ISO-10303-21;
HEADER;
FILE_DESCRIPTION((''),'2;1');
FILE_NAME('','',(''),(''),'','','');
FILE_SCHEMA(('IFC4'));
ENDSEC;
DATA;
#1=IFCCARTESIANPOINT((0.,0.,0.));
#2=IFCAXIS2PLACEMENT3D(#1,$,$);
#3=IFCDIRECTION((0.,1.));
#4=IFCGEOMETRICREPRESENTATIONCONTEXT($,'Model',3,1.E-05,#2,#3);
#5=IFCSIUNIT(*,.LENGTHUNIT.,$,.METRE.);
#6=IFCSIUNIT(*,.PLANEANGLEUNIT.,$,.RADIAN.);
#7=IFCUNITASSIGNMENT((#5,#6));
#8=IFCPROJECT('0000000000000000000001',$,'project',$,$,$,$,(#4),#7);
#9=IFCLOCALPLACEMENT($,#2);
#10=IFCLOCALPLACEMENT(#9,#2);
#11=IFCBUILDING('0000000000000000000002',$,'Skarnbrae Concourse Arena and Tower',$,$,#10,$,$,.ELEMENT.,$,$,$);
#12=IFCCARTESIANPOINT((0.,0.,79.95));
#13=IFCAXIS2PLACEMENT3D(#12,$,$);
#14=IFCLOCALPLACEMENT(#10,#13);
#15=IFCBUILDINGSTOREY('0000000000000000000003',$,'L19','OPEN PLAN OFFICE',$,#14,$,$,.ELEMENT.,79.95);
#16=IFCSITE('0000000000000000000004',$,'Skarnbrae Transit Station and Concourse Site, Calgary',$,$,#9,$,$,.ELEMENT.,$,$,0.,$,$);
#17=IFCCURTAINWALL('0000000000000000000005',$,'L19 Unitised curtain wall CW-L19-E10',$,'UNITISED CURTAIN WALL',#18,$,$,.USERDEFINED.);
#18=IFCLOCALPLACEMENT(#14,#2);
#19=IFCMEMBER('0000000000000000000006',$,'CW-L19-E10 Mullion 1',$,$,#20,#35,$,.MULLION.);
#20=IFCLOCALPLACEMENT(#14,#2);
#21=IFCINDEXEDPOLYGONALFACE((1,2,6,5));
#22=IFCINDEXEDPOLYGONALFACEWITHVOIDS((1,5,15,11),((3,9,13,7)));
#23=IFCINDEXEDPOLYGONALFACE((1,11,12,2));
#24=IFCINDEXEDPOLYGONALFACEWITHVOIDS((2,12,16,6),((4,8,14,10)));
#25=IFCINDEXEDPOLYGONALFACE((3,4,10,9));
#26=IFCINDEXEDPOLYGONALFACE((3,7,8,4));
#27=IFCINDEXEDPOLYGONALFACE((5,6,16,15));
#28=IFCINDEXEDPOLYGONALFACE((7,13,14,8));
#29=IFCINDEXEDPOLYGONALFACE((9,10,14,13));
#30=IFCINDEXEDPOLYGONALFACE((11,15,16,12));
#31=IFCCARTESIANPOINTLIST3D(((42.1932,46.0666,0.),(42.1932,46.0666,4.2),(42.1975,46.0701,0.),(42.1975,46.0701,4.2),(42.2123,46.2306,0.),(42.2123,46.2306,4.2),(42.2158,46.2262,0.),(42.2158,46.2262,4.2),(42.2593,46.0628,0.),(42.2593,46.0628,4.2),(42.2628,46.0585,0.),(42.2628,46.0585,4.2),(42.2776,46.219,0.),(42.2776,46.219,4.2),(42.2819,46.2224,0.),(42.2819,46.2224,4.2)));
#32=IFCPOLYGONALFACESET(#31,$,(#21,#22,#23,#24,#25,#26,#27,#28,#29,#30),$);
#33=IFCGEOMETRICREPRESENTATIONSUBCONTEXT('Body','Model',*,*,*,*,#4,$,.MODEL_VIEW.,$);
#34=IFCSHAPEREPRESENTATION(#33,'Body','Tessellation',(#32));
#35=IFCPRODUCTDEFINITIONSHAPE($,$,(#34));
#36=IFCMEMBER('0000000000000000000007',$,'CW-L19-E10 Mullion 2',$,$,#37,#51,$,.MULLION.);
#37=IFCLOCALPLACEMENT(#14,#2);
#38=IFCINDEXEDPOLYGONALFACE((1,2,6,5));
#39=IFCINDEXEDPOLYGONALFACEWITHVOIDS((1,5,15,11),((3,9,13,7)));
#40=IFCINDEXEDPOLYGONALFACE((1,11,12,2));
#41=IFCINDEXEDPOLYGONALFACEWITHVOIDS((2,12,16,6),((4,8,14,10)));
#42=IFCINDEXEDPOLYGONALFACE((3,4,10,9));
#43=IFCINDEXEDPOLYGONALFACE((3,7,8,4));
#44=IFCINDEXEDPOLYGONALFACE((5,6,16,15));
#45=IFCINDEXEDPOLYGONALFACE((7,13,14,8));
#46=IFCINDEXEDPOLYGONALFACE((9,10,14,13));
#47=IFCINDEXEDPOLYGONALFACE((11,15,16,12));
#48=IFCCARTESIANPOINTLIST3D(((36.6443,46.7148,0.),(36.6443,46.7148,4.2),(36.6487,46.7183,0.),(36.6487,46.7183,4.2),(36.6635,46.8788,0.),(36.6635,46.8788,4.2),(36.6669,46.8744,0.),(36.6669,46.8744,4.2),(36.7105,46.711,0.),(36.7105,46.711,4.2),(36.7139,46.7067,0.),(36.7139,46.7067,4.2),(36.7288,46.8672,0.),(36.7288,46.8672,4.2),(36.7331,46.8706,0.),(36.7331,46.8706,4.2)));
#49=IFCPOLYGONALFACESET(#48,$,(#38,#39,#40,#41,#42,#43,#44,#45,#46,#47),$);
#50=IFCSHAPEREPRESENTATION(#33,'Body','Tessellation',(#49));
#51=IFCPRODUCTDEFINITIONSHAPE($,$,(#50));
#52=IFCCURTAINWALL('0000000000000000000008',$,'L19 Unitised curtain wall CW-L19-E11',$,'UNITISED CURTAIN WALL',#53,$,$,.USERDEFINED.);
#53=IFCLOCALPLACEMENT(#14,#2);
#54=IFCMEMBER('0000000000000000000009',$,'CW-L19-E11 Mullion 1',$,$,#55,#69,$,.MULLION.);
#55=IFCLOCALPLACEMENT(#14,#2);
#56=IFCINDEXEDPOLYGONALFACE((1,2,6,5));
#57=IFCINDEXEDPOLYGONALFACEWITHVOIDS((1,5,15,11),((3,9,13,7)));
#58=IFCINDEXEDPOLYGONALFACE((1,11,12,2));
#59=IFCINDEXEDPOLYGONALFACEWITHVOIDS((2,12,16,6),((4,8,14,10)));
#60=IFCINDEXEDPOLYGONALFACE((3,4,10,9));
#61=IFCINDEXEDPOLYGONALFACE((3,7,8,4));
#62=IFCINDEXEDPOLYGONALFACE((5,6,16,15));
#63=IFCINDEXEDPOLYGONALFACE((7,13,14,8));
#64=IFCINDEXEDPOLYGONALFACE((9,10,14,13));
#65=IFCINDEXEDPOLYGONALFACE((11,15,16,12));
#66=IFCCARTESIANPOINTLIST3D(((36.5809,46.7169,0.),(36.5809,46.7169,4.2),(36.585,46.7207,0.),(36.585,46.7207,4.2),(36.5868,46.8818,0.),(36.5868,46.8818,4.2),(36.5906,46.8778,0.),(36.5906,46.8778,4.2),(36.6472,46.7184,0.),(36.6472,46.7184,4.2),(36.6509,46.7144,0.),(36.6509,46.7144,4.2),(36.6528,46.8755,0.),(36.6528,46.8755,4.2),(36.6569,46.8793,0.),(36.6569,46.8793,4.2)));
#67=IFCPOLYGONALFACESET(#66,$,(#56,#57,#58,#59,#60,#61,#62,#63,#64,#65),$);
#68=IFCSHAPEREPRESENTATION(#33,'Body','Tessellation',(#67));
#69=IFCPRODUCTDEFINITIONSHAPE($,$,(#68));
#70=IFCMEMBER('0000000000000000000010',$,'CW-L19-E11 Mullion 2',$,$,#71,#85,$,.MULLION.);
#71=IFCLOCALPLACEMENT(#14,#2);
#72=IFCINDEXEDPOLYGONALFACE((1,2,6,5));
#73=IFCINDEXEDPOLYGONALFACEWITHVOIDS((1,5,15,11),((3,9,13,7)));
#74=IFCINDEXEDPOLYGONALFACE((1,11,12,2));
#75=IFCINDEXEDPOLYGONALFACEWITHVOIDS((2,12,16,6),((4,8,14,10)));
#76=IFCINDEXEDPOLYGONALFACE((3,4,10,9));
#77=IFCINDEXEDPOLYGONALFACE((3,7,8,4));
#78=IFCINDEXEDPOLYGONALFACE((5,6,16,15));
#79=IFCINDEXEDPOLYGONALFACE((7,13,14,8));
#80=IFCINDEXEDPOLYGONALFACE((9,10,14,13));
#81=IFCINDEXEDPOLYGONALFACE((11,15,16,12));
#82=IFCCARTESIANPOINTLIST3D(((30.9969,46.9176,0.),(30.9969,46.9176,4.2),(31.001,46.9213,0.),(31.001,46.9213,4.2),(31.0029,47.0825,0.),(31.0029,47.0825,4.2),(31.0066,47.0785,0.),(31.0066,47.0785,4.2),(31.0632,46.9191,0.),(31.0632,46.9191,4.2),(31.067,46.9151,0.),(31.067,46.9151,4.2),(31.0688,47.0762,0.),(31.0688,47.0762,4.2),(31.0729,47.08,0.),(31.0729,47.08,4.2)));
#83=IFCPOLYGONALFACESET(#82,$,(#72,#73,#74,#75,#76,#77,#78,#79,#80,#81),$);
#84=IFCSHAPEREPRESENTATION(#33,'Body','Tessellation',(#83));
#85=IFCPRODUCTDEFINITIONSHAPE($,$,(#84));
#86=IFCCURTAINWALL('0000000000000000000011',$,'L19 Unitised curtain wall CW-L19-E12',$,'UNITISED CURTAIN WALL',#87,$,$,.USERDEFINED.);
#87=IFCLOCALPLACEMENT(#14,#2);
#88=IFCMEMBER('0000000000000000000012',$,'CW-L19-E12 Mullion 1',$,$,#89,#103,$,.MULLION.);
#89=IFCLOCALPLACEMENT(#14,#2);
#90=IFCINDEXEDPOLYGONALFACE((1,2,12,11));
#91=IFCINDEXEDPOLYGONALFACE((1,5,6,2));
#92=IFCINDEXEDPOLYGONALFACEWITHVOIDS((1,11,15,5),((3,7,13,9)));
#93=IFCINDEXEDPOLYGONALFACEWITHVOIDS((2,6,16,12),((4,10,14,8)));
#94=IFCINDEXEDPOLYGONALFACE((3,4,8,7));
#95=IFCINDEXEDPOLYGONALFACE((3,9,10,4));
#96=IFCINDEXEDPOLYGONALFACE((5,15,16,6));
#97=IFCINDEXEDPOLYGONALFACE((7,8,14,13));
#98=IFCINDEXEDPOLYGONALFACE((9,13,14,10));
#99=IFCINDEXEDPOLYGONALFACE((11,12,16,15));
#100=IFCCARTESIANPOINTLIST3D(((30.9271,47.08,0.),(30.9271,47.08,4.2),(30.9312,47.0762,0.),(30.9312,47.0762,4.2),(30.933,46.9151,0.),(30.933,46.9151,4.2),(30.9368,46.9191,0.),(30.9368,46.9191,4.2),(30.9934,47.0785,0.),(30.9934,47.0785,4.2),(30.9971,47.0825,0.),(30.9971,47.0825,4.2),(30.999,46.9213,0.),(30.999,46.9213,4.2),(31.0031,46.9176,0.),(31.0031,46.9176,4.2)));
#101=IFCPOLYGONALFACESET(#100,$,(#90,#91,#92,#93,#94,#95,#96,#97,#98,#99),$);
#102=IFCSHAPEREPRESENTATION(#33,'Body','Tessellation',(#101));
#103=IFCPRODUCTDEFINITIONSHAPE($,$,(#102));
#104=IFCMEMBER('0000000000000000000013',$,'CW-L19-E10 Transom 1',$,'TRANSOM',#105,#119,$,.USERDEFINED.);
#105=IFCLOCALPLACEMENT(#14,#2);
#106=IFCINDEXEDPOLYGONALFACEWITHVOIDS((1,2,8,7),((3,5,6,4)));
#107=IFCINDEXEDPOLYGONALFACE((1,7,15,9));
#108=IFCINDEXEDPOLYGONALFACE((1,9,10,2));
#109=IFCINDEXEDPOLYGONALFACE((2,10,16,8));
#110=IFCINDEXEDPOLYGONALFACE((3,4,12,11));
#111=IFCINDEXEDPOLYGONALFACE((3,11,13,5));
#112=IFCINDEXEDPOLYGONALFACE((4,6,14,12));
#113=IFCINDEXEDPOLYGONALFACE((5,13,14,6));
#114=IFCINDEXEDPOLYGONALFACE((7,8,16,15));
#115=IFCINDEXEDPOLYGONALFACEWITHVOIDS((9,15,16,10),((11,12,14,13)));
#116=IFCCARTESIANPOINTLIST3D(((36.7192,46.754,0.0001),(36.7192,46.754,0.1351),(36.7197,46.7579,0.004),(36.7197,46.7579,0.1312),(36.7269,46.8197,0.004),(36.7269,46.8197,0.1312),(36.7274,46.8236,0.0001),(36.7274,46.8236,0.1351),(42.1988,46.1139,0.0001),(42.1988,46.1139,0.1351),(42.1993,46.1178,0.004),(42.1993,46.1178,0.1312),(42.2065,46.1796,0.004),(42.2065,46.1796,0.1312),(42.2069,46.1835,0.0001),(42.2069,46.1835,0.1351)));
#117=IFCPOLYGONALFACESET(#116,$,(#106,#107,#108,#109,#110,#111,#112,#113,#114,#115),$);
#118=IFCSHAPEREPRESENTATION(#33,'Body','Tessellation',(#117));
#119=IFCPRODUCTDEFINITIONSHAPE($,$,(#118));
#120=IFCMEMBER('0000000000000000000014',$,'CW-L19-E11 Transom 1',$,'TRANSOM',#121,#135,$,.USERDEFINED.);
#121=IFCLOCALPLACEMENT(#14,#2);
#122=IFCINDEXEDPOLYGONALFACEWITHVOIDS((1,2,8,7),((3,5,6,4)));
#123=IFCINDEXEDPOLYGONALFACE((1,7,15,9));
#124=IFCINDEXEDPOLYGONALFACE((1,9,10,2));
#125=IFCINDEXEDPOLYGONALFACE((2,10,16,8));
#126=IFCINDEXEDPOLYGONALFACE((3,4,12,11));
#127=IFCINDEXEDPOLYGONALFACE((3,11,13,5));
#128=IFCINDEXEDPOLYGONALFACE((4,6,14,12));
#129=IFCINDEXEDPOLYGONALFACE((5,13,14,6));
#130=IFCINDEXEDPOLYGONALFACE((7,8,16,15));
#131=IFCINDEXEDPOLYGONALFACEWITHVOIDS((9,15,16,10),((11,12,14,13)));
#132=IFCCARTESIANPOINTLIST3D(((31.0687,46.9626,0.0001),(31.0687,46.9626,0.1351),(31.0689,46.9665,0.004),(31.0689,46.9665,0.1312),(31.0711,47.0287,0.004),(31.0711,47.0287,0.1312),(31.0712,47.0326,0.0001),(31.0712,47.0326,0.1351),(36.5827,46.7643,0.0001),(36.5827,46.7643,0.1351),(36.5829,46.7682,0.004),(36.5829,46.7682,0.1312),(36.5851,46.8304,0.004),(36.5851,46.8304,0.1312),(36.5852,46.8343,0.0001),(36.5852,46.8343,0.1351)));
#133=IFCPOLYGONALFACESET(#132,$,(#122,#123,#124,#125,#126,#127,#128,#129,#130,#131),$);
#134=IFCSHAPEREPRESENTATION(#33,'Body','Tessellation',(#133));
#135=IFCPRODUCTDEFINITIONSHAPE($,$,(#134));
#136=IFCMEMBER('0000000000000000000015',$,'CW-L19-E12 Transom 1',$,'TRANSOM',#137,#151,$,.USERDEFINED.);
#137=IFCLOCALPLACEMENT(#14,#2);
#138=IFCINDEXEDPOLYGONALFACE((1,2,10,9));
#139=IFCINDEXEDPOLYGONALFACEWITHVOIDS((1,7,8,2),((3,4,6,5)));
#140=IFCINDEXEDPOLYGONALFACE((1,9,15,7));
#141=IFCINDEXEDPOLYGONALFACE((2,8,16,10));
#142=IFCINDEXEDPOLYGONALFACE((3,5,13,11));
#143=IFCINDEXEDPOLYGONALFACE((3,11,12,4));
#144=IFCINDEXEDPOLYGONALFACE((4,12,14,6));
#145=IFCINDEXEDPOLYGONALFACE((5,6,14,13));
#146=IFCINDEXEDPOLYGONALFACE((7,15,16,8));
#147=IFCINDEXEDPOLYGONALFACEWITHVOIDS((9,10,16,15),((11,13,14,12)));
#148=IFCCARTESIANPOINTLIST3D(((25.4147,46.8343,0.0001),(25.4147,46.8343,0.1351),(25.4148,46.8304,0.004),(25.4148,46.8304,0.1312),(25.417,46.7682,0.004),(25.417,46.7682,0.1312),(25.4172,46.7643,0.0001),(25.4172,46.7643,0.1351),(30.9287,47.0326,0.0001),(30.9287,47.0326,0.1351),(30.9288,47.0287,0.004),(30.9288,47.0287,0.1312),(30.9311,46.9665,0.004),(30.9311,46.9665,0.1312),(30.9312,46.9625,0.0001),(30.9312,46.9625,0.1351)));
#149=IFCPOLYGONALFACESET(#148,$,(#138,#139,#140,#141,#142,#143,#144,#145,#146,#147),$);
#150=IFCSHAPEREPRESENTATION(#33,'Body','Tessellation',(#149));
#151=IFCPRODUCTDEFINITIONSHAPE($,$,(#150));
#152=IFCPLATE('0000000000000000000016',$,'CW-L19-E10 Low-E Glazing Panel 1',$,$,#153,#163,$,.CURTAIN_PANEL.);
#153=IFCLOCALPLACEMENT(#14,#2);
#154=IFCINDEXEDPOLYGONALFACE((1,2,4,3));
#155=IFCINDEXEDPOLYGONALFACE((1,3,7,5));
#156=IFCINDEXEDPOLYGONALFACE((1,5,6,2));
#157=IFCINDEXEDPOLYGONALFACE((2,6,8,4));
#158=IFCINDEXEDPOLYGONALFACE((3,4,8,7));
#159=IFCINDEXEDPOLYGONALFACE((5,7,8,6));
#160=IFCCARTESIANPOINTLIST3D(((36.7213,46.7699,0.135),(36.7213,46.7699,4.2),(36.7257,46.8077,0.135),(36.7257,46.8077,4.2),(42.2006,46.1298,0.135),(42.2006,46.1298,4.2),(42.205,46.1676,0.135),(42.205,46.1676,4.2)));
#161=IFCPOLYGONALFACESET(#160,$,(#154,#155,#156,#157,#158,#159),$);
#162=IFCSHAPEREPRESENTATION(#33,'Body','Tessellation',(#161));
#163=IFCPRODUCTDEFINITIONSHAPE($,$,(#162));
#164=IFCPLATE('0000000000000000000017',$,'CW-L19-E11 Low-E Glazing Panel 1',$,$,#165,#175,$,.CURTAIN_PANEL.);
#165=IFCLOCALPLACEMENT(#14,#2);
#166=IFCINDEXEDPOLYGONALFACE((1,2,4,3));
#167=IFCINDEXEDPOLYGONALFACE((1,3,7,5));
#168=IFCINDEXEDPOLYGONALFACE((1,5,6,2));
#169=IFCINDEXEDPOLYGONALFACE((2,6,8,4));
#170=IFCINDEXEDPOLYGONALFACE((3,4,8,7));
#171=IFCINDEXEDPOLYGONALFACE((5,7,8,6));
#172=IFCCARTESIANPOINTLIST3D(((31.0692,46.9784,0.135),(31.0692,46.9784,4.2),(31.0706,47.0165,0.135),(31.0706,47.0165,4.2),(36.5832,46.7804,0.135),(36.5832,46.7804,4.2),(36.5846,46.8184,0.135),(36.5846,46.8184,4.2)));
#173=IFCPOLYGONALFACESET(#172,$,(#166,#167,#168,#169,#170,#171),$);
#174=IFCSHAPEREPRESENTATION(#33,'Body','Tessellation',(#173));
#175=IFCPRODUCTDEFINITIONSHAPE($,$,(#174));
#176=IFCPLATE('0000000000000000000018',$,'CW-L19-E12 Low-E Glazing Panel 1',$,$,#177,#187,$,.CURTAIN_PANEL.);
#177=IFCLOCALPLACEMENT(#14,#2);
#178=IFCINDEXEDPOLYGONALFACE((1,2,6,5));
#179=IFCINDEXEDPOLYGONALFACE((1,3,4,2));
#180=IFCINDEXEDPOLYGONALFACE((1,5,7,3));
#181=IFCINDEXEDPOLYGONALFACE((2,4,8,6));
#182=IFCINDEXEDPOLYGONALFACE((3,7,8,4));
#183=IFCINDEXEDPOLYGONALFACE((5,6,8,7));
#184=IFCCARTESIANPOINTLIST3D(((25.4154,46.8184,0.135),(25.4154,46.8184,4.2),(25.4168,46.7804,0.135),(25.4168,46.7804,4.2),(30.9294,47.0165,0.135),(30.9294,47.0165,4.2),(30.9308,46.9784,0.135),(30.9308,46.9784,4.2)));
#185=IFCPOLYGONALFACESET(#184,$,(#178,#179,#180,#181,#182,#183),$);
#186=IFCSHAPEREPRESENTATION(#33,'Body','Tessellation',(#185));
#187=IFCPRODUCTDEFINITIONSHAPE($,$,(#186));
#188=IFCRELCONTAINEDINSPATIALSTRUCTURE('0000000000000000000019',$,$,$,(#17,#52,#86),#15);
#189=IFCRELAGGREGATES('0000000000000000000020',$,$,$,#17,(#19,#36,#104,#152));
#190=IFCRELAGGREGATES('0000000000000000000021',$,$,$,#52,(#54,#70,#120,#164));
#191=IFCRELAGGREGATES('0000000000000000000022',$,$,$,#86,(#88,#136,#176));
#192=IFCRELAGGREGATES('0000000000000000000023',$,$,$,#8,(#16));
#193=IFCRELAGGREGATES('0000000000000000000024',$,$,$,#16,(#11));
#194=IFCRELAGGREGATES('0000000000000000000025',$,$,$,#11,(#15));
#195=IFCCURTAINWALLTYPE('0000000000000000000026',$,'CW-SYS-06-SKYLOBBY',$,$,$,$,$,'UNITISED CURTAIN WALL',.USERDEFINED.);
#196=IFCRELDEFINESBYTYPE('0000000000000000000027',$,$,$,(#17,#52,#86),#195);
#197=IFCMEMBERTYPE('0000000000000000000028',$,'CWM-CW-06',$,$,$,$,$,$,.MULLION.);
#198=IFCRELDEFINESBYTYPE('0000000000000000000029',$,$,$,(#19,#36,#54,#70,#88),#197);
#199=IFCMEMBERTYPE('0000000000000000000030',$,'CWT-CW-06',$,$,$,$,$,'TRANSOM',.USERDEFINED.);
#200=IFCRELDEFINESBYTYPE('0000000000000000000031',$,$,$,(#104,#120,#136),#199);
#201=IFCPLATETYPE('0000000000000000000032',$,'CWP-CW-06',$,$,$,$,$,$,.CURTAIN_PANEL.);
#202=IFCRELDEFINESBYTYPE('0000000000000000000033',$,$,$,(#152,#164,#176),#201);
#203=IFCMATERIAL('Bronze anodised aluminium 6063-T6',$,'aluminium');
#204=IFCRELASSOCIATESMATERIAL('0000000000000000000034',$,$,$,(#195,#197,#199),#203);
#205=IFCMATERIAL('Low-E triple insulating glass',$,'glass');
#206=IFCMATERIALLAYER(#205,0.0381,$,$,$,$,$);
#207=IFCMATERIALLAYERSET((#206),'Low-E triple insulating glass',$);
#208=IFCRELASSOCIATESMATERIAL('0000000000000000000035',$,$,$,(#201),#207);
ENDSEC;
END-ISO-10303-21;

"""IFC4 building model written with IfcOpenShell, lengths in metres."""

from ifc_helpers import new_model, si_unit, direction, frame, origin, origin_2d, place, context, subcontext, project, spatial, rectangle, hollow_rectangle, extrude, source, transform, mapped, material, layer, layer_set, material_profile, profile_set, type_object, element, aggregate, save


model = new_model("IFC4")

# Units and contexts
model_context = context("Model", 3, precision=1e-05, world=origin(), true_north=direction((0.0, 1.0)))
body_context = subcontext(model_context, "Body", "Model", "MODEL_VIEW")
ifc_project = project(units=[si_unit("LENGTHUNIT", "METRE"), si_unit("PLANEANGLEUNIT", "RADIAN")], contexts=[model_context])

# Site, building, storey
site_placement = place(None, origin())
site = spatial("IfcSite", under=ifc_project, at=site_placement, Name="Skarnbrae Transit Station and Concourse Site, Calgary", CompositionType="ELEMENT", RefElevation=0.0)
building_placement = place(site_placement, origin())
building = spatial("IfcBuilding", under=site, at=building_placement, Name="Skarnbrae Concourse Arena and Tower", CompositionType="ELEMENT")
storey_placement = place(building_placement, frame((0.0, 0.0, 79.95)))
storey = spatial("IfcBuildingStorey", under=building, at=storey_placement, Name="L19", Description="OPEN PLAN OFFICE", CompositionType="ELEMENT", Elevation=79.95)

# Shared definitions
ifc_material_1 = material(Name="Bronze anodised aluminium 6063-T6", Category="aluminium")
curtain_wall_type = type_object("IfcCurtainWallType", Name="CW-SYS-06-SKYLOBBY", ElementType="UNITISED CURTAIN WALL", PredefinedType="USERDEFINED", material=ifc_material_1)
ifc_material_profile_1 = material_profile(ifc_material_1, hollow_rectangle(XDim=0.0701, YDim=0.165, WallThickness=0.0039, at=origin_2d()), Name="ALU-MULL-70X165")
ifc_profile_set_1 = profile_set([ifc_material_profile_1], Name="Bronze anodised aluminium 6063-T6")
member_type_1 = type_object("IfcMemberType", Name="CWM-CW-06", PredefinedType="MULLION", material=ifc_profile_set_1)
shared_shape_1 = source(origin(), body_context, "Body", "SweptSolid", [
    extrude(hollow_rectangle(XDim=0.0701, YDim=0.165, WallThickness=0.0039, at=origin_2d()), origin(), (0.0, 0.0, 1.0), 4.2),
])

# Curtain walls, members
curtain_wall_1_placement = place(storey_placement, origin())
curtain_wall_1 = element("IfcCurtainWall", 1, at=curtain_wall_1_placement, inside=storey, type_object=curtain_wall_type, Name="L19 Unitised curtain wall CW-L19-E10", ObjectType="UNITISED CURTAIN WALL", PredefinedType="USERDEFINED")
member_1_placement = place(storey_placement, frame((42.2375, 46.1445, 0.0), z_axis=(0.0, 0.0, 1.0), x_axis=(-0.993245, 0.11604, 0.0)))
member_1 = element("IfcMember", 2, at=member_1_placement, type_object=member_type_1, Name="CW-L19-E10 Mullion 1", PredefinedType="MULLION", context=body_context, shape_type="MappedRepresentation", body=[
    mapped(shared_shape_1, transform((0.0, 0.0, 0.0))),
])
member_2_placement = place(storey_placement, frame((36.6887, 46.7927, 0.0), z_axis=(0.0, 0.0, 1.0), x_axis=(-0.993245, 0.11604, 0.0)))
member_2 = element("IfcMember", 3, at=member_2_placement, type_object=member_type_1, Name="CW-L19-E10 Mullion 2", PredefinedType="MULLION", context=body_context, shape_type="MappedRepresentation", body=[
    mapped(shared_shape_1, transform((0.0, 0.0, 0.0))),
])
curtain_wall_2_placement = place(storey_placement, origin())
curtain_wall_2 = element("IfcCurtainWall", 4, at=curtain_wall_2_placement, inside=storey, type_object=curtain_wall_type, Name="L19 Unitised curtain wall CW-L19-E11", ObjectType="UNITISED CURTAIN WALL", PredefinedType="USERDEFINED")
member_3_placement = place(storey_placement, frame((36.6189, 46.7981, 0.0), z_axis=(0.0, 0.0, 1.0), x_axis=(-0.999355, 0.035899, 0.0)))
member_3 = element("IfcMember", 5, at=member_3_placement, type_object=member_type_1, Name="CW-L19-E11 Mullion 1", PredefinedType="MULLION", context=body_context, shape_type="MappedRepresentation", body=[
    mapped(shared_shape_1, transform((0.0, 0.0, 0.0))),
])
member_4_placement = place(storey_placement, frame((31.0349, 46.9988, 0.0), z_axis=(0.0, 0.0, 1.0), x_axis=(-0.999355, 0.035899, 0.0)))
member_4 = element("IfcMember", 6, at=member_4_placement, type_object=member_type_1, Name="CW-L19-E11 Mullion 2", PredefinedType="MULLION", context=body_context, shape_type="MappedRepresentation", body=[
    mapped(shared_shape_1, transform((0.0, 0.0, 0.0))),
])

# Curtain wall, member
curtain_wall_3_placement = place(storey_placement, origin())
curtain_wall_3 = element("IfcCurtainWall", 7, at=curtain_wall_3_placement, inside=storey, type_object=curtain_wall_type, Name="L19 Unitised curtain wall CW-L19-E12", ObjectType="UNITISED CURTAIN WALL", PredefinedType="USERDEFINED")
member_5_placement = place(storey_placement, frame((30.9651, 46.9988, 0.0), z_axis=(0.0, 0.0, 1.0), x_axis=(-0.999355, -0.035899, 0.0)))
member_5 = element("IfcMember", 8, at=member_5_placement, type_object=member_type_1, Name="CW-L19-E12 Mullion 1", PredefinedType="MULLION", context=body_context, shape_type="MappedRepresentation", body=[
    mapped(shared_shape_1, transform((0.0, 0.0, 0.0))),
])

# Members
ifc_material_profile_2 = material_profile(ifc_material_1, hollow_rectangle(XDim=0.0701, YDim=0.135, WallThickness=0.0039, at=origin_2d()), Name="ALU-TRAN-70X135")
ifc_profile_set_2 = profile_set([ifc_material_profile_2], Name="Bronze anodised aluminium 6063-T6")
member_type_2 = type_object("IfcMemberType", Name="CWT-CW-06", ElementType="TRANSOM", PredefinedType="USERDEFINED", material=ifc_profile_set_2)
shared_shape_2 = source(origin(), body_context, "Body", "SweptSolid", [
    extrude(hollow_rectangle(XDim=0.0701, YDim=0.135, WallThickness=0.0039, at=origin_2d()), origin(), (0.0, 0.0, 1.0), 5.5168),
])
member_6_placement = place(storey_placement, frame((42.2029, 46.1487, 0.0676), z_axis=(-0.993245, 0.116035, 0.0), x_axis=(-0.116035, -0.993245, 0.0)))
member_6 = element("IfcMember", 9, at=member_6_placement, type_object=member_type_2, Name="CW-L19-E10 Transom 1", ObjectType="TRANSOM", PredefinedType="USERDEFINED", context=body_context, shape_type="MappedRepresentation", body=[
    mapped(shared_shape_2, transform((0.0, 0.0, 0.0))),
])
shared_shape_3 = source(origin(), body_context, "Body", "SweptSolid", [
    extrude(hollow_rectangle(XDim=0.0701, YDim=0.135, WallThickness=0.0039, at=origin_2d()), origin(), (0.0, 0.0, 1.0), 5.5176),
])
member_7_placement = place(storey_placement, frame((36.584, 46.7993, 0.0676), z_axis=(-0.999354, 0.03593, 0.0), x_axis=(-0.03593, -0.999354, 0.0)))
member_7 = element("IfcMember", 10, at=member_7_placement, type_object=member_type_2, Name="CW-L19-E11 Transom 1", ObjectType="TRANSOM", PredefinedType="USERDEFINED", context=body_context, shape_type="MappedRepresentation", body=[
    mapped(shared_shape_3, transform((0.0, 0.0, 0.0))),
])
member_8_placement = place(storey_placement, frame((30.9299, 46.9976, 0.0676), z_axis=(-0.999354, -0.03593, 0.0), x_axis=(0.03593, -0.999354, 0.0)))
member_8 = element("IfcMember", 11, at=member_8_placement, type_object=member_type_2, Name="CW-L19-E12 Transom 1", ObjectType="TRANSOM", PredefinedType="USERDEFINED", context=body_context, shape_type="MappedRepresentation", body=[
    mapped(shared_shape_3, transform((0.0, 0.0, 0.0))),
])

# Plates
ifc_material_2 = material(Name="Low-E triple insulating glass", Category="glass")
ifc_layer_1 = layer(ifc_material_2, 0.0381)
ifc_layer_set_1 = layer_set([ifc_layer_1], Name="Low-E triple insulating glass")
plate_type = type_object("IfcPlateType", Name="CWP-CW-06", PredefinedType="CURTAIN_PANEL", material=ifc_layer_set_1)
shared_shape_4 = source(origin(), body_context, "Body", "SweptSolid", [
    extrude(rectangle(XDim=5.5166, YDim=0.0381, at=origin_2d()), origin(), (0.0, 0.0, 1.0), 4.0649),
])
plate_1_placement = place(storey_placement, frame((39.4631, 46.4688, 0.135), z_axis=(0.0, 0.0, 1.0), x_axis=(-0.993245, 0.11604, 0.0)))
plate_1 = element("IfcPlate", 12, at=plate_1_placement, type_object=plate_type, Name="CW-L19-E10 Low-E Glazing Panel 1", PredefinedType="CURTAIN_PANEL", context=body_context, shape_type="MappedRepresentation", body=[
    mapped(shared_shape_4, transform((0.0, 0.0, 0.0))),
])
aggregate(curtain_wall_1, [member_1, member_2, member_6, plate_1])
shared_shape_5 = source(origin(), body_context, "Body", "SweptSolid", [
    extrude(rectangle(XDim=5.5176, YDim=0.0381, at=origin_2d()), origin(), (0.0, 0.0, 1.0), 4.0649),
])
plate_2_placement = place(storey_placement, frame((33.8269, 46.8984, 0.135), z_axis=(0.0, 0.0, 1.0), x_axis=(-0.999355, 0.035899, 0.0)))
plate_2 = element("IfcPlate", 13, at=plate_2_placement, type_object=plate_type, Name="CW-L19-E11 Low-E Glazing Panel 1", PredefinedType="CURTAIN_PANEL", context=body_context, shape_type="MappedRepresentation", body=[
    mapped(shared_shape_5, transform((0.0, 0.0, 0.0))),
])
aggregate(curtain_wall_2, [member_3, member_4, member_7, plate_2])
plate_3_placement = place(storey_placement, frame((28.1731, 46.8984, 0.135), z_axis=(0.0, 0.0, 1.0), x_axis=(-0.999355, -0.035899, 0.0)))
plate_3 = element("IfcPlate", 14, at=plate_3_placement, type_object=plate_type, Name="CW-L19-E12 Low-E Glazing Panel 1", PredefinedType="CURTAIN_PANEL", context=body_context, shape_type="MappedRepresentation", body=[
    mapped(shared_shape_5, transform((0.0, 0.0, 0.0))),
])
aggregate(curtain_wall_3, [member_5, member_8, plate_3])

save(model, "model.ifc")
